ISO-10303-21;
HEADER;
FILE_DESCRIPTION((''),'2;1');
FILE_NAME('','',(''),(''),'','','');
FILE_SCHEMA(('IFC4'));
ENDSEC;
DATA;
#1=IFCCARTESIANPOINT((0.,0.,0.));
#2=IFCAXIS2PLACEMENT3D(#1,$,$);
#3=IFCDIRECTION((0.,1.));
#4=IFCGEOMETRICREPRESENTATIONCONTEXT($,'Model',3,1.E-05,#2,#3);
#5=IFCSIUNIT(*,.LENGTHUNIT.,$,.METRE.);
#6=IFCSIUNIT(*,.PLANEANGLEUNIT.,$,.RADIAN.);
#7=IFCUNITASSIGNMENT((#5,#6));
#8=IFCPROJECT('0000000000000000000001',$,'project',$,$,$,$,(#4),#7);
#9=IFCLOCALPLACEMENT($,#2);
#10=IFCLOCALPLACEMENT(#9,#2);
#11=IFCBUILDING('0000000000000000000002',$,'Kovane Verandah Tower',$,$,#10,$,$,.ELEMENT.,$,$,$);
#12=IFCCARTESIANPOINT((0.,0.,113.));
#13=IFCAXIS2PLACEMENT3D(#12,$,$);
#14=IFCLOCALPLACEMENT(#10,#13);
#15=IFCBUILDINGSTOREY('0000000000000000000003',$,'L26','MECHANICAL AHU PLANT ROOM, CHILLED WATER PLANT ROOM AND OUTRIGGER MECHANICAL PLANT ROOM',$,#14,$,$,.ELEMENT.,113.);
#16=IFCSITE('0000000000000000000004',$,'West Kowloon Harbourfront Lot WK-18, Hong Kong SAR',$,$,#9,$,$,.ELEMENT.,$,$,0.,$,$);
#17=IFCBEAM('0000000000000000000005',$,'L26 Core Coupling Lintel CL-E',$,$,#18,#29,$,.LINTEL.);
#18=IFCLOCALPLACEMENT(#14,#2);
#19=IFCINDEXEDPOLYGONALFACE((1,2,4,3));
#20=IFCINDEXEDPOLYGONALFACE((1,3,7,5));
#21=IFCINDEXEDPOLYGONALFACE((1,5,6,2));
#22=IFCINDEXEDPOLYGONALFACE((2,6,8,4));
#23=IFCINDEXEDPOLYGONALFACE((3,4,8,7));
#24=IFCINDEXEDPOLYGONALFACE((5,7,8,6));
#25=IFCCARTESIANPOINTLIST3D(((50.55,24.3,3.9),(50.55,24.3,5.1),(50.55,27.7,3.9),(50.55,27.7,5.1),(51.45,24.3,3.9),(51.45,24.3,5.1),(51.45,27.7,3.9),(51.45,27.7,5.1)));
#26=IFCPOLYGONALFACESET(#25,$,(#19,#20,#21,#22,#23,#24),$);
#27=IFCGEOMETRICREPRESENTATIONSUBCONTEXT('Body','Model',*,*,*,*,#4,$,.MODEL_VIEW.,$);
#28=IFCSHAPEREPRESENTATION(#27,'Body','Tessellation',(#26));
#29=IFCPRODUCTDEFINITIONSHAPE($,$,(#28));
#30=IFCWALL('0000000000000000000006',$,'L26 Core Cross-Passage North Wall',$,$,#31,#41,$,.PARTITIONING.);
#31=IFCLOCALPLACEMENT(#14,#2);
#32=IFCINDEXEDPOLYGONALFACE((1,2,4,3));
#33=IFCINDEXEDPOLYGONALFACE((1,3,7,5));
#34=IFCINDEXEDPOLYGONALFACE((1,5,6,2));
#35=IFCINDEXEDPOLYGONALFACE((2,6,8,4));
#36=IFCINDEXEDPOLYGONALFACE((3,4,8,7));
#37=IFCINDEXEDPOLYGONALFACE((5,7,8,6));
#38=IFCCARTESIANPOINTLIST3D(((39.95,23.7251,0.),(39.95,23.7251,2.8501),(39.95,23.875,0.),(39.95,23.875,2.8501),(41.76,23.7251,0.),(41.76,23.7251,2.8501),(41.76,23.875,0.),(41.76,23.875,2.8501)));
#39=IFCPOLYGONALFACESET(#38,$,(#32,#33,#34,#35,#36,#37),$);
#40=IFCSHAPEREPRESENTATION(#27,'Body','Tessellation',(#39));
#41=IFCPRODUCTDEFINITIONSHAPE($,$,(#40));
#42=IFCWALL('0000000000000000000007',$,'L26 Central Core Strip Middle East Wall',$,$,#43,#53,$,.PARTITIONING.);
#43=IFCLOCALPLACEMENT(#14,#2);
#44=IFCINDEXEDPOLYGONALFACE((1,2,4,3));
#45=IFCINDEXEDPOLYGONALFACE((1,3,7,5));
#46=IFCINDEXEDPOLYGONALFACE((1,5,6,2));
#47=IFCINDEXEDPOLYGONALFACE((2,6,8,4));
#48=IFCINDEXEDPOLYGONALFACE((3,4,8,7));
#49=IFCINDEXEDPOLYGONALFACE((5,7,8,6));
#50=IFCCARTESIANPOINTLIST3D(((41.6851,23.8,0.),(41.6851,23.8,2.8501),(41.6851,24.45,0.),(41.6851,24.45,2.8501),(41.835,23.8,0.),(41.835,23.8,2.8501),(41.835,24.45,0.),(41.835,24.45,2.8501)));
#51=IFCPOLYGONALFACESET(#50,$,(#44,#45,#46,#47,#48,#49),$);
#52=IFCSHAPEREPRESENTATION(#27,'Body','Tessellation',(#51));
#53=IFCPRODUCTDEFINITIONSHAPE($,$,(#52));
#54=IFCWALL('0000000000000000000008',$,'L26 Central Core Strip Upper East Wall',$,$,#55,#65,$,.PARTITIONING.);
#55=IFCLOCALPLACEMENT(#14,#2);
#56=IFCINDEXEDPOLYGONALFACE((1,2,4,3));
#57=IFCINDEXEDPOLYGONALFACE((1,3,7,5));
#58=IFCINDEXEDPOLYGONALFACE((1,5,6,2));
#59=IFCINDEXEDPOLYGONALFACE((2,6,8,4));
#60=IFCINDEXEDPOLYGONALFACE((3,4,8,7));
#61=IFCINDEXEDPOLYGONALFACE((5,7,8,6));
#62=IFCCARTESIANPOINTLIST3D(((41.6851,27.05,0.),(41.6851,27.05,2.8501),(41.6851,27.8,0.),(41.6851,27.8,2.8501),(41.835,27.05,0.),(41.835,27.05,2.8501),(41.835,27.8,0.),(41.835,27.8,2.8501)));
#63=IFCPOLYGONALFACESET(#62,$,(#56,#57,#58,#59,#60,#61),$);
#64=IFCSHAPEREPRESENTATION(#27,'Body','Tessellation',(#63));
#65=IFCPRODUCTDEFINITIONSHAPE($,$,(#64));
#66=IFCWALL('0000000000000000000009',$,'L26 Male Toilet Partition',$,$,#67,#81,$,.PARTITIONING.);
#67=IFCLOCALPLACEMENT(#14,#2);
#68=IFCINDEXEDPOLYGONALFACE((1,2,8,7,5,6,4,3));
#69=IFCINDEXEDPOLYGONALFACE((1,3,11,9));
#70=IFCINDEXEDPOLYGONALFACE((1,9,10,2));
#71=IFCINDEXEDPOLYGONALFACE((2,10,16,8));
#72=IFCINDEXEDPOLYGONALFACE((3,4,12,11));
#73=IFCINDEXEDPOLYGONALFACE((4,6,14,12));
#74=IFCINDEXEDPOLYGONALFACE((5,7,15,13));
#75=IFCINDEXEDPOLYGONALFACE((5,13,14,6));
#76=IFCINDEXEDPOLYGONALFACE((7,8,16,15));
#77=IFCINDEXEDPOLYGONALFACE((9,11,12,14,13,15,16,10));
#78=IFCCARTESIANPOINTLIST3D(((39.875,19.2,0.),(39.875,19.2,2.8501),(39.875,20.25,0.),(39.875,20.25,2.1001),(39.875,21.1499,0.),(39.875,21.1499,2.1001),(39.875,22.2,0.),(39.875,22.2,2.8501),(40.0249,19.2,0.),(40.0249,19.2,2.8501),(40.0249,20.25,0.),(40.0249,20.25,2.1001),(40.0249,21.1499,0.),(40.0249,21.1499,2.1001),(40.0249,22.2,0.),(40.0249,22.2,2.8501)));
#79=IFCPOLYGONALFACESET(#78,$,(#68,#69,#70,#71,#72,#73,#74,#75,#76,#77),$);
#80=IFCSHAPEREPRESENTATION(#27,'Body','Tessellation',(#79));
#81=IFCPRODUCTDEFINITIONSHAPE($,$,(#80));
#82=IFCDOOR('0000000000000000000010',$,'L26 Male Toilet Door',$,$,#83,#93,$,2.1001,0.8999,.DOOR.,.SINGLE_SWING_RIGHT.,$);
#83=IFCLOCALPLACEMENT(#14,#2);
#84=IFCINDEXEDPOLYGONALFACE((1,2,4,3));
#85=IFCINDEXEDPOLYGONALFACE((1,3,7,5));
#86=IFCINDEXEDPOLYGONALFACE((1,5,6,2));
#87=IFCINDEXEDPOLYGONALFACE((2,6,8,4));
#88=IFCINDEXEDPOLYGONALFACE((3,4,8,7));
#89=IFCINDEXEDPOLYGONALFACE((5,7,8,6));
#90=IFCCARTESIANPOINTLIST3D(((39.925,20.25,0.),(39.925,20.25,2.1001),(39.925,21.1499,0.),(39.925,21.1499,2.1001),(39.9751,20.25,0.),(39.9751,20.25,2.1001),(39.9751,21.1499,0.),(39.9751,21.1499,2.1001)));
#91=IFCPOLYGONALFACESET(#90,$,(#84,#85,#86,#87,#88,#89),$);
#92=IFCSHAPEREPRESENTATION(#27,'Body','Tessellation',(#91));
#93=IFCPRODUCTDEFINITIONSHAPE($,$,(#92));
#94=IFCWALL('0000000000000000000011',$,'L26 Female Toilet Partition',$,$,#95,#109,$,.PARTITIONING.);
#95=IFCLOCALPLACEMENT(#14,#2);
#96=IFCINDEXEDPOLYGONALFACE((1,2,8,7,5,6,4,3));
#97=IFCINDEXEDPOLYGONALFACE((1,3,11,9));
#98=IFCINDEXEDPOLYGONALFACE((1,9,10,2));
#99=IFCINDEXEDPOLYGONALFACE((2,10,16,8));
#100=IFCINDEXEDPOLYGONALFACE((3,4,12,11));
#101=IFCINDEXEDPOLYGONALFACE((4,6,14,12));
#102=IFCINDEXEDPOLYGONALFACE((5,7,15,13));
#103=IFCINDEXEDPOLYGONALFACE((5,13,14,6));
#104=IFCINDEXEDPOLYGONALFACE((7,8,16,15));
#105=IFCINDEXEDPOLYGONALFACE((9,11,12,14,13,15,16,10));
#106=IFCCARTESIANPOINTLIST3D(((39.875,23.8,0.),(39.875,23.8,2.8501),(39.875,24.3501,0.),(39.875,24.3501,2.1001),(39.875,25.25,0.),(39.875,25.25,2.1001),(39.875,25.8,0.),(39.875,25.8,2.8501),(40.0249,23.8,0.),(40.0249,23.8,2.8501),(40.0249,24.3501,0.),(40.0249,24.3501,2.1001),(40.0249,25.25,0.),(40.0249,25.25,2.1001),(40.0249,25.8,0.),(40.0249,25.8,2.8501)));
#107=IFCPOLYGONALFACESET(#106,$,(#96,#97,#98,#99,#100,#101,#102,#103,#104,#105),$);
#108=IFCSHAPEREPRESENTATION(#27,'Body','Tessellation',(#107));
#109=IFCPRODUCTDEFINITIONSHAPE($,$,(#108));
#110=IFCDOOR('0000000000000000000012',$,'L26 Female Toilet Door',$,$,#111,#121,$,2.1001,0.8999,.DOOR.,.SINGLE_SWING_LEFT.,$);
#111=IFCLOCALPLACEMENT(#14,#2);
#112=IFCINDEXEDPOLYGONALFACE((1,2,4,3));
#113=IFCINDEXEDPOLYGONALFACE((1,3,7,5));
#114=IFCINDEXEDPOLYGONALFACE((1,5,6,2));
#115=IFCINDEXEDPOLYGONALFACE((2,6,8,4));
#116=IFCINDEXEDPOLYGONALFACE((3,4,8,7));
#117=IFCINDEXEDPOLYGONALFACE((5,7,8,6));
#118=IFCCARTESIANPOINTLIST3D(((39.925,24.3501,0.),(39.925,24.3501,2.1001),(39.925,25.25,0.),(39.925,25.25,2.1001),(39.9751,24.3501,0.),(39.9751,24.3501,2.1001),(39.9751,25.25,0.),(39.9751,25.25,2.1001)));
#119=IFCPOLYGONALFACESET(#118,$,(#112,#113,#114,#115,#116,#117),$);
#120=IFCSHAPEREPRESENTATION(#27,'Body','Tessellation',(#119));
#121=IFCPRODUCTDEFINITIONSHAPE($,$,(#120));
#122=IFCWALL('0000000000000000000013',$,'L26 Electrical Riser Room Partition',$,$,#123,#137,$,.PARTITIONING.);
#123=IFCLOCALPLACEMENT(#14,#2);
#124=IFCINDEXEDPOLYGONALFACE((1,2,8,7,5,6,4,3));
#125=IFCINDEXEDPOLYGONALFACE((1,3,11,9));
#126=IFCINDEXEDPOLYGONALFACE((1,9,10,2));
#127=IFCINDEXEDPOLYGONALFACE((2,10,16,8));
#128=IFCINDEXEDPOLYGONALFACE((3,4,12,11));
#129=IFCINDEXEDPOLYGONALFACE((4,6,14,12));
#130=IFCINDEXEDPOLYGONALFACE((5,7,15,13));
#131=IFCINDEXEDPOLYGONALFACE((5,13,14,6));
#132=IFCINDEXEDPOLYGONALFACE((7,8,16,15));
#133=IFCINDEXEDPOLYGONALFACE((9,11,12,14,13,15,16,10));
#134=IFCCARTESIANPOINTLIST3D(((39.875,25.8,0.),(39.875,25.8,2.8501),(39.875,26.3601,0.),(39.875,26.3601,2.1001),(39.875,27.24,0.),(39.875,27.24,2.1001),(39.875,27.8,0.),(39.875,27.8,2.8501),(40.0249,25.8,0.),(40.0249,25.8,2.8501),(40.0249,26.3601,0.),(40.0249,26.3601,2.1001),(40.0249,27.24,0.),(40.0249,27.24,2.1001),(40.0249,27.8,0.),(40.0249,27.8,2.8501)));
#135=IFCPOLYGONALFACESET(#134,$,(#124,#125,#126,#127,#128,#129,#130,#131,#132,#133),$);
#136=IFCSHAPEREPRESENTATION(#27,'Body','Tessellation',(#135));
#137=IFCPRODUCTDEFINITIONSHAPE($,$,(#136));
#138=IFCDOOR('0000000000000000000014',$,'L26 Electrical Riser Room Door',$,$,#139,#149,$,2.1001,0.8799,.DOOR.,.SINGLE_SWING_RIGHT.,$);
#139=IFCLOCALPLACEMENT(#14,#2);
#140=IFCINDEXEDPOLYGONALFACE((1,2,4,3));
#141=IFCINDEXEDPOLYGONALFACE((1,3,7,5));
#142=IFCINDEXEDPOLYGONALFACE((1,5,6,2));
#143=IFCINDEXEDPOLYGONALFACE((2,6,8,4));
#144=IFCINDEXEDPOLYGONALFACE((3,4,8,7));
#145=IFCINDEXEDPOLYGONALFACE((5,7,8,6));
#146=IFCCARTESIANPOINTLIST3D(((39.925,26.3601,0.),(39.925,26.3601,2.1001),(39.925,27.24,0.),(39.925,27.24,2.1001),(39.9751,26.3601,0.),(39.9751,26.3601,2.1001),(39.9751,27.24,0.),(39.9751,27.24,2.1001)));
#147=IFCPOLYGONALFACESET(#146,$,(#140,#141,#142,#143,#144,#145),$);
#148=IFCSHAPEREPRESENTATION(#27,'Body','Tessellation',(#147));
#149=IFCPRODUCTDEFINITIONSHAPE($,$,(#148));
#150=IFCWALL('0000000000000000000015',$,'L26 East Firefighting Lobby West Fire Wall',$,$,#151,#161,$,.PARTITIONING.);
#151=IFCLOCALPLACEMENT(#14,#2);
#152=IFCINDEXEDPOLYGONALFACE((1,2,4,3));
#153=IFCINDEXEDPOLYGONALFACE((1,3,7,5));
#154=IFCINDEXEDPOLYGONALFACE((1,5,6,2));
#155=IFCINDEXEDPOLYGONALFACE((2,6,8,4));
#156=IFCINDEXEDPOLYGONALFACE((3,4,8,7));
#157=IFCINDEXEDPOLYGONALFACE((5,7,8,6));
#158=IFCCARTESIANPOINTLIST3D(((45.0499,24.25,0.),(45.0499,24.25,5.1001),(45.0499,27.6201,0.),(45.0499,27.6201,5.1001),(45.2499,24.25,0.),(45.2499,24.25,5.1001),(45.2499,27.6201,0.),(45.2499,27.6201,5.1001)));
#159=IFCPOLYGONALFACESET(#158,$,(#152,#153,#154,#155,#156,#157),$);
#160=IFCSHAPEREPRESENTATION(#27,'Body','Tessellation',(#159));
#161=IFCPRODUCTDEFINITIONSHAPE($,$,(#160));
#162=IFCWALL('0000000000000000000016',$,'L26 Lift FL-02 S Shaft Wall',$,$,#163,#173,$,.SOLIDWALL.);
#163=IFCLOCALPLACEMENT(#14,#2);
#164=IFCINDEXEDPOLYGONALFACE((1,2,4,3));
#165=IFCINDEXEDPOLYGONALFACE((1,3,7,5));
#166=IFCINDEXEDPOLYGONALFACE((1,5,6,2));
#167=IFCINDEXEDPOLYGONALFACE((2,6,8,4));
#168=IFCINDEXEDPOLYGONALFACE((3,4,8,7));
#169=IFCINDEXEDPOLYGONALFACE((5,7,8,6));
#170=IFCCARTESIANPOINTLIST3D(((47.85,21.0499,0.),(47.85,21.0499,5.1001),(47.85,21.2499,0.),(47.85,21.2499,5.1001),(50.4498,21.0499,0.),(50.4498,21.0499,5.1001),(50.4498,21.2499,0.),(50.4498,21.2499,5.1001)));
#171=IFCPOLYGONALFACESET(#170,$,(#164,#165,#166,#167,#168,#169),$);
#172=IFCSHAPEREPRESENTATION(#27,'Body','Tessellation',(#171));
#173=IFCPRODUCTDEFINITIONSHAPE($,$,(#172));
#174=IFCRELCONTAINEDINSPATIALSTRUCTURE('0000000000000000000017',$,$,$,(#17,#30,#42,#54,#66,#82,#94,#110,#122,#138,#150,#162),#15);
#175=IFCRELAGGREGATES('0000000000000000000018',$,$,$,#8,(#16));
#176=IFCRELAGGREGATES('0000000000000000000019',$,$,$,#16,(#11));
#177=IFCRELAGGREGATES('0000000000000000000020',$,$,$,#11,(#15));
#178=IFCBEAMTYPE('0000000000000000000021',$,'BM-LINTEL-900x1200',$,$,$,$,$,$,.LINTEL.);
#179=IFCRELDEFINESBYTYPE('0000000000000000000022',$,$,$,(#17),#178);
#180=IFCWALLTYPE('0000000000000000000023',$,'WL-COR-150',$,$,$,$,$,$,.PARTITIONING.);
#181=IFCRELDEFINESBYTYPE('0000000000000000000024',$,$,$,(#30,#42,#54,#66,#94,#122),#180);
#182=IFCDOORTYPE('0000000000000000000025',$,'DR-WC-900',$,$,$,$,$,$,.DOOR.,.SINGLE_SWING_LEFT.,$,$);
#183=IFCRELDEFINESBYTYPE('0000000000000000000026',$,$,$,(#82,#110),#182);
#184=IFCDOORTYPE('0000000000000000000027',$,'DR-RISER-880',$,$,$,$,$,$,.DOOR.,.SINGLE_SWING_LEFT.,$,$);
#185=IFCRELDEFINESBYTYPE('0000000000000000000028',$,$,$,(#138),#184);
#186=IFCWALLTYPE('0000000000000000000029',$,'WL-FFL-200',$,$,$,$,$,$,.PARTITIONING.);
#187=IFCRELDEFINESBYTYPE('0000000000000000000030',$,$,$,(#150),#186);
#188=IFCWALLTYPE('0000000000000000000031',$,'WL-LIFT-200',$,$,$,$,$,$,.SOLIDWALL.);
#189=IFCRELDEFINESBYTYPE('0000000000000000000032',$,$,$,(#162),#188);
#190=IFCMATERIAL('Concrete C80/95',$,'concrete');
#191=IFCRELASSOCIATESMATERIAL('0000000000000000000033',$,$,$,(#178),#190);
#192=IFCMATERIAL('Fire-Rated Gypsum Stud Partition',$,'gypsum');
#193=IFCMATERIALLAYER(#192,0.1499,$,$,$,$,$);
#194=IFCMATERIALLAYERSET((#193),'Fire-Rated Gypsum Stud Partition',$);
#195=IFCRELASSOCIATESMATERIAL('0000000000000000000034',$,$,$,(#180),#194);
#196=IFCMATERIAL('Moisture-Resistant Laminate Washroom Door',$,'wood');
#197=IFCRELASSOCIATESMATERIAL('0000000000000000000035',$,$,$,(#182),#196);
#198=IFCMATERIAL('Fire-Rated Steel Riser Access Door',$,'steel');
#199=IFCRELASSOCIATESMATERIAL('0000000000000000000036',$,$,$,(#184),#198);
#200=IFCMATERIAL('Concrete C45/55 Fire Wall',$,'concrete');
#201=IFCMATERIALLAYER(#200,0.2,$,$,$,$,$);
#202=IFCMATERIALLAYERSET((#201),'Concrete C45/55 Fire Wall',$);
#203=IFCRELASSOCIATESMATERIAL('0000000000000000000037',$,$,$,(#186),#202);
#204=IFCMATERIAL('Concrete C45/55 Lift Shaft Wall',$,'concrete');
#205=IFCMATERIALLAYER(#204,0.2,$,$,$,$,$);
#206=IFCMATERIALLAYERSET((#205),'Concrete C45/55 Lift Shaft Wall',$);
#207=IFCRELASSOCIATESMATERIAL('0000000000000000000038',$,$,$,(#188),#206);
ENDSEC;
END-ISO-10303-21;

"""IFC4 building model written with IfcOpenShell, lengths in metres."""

from ifc_helpers import new_model, si_unit, direction, frame, frame_2d, origin, origin_2d, place, context, subcontext, project, spatial, rectangle, extrude, material, layer, layer_set, material_profile, profile_set, type_object, element, fill, save


model = new_model("IFC4")

# Units and contexts
model_context = context("Model", 3, precision=1e-05, world=origin(), true_north=direction((0.0, 1.0)))
body_context = subcontext(model_context, "Body", "Model", "MODEL_VIEW")
ifc_project = project(units=[si_unit("LENGTHUNIT", "METRE"), si_unit("PLANEANGLEUNIT", "RADIAN")], contexts=[model_context])

# Site, building, storey
site_placement = place(None, origin())
site = spatial("IfcSite", under=ifc_project, at=site_placement, Name="West Kowloon Harbourfront Lot WK-18, Hong Kong SAR", CompositionType="ELEMENT", RefElevation=0.0)
building_placement = place(site_placement, origin())
building = spatial("IfcBuilding", under=site, at=building_placement, Name="Kovane Verandah Tower", CompositionType="ELEMENT")
storey_placement = place(building_placement, frame((0.0, 0.0, 113.0)))
storey = spatial("IfcBuildingStorey", under=building, at=storey_placement, Name="L26", Description="MECHANICAL AHU PLANT ROOM, CHILLED WATER PLANT ROOM AND OUTRIGGER MECHANICAL PLANT ROOM", CompositionType="ELEMENT", Elevation=113.0)

# Beam
ifc_material_1 = material(Name="Concrete C80/95", Category="concrete")
ifc_material_profile = material_profile(ifc_material_1, rectangle(XDim=0.8999, YDim=1.2, at=origin_2d()), Name="RCB900x1200")
ifc_profile_set = profile_set([ifc_material_profile], Name="Concrete C80/95")
beam_type = type_object("IfcBeamType", Name="BM-LINTEL-900x1200", PredefinedType="LINTEL", material=ifc_profile_set)
beam_placement = place(storey_placement, frame((51.0, 24.3, 4.5), z_axis=(0.0, 1.0, 0.0), x_axis=(-1.0, 0.0, 0.0)))
element("IfcBeam", 1, at=beam_placement, inside=storey, type_object=beam_type, Name="L26 Core Coupling Lintel CL-E", PredefinedType="LINTEL", context=body_context, shape_type="SweptSolid", body=[
    extrude(rectangle(XDim=0.8999, YDim=1.2, at=origin_2d()), origin(), (0.0, 0.0, 1.0), 3.3999),
])

# Walls
ifc_material_2 = material(Name="Fire-Rated Gypsum Stud Partition", Category="gypsum")
ifc_layer_1 = layer(ifc_material_2, 0.1499)
ifc_layer_set_1 = layer_set([ifc_layer_1], Name="Fire-Rated Gypsum Stud Partition")
wall_type_1 = type_object("IfcWallType", Name="WL-COR-150", PredefinedType="PARTITIONING", material=ifc_layer_set_1)
wall_1_placement = place(storey_placement, frame((39.95, 23.8, 0.0), z_axis=(0.0, 0.0, 1.0), x_axis=(1.0, 0.0, 0.0)))
element("IfcWall", 2, at=wall_1_placement, inside=storey, type_object=wall_type_1, Name="L26 Core Cross-Passage North Wall", PredefinedType="PARTITIONING", context=body_context, shape_type="SweptSolid", body=[
    extrude(rectangle(XDim=1.8101, YDim=0.1499, at=frame_2d((0.905, 0.0))), origin(), (0.0, 0.0, 1.0), 2.8501),
])
wall_2_placement = place(storey_placement, frame((41.76, 23.8, 0.0), z_axis=(0.0, 0.0, 1.0), x_axis=(0.0, 1.0, 0.0)))
element("IfcWall", 3, at=wall_2_placement, inside=storey, type_object=wall_type_1, Name="L26 Central Core Strip Middle East Wall", PredefinedType="PARTITIONING", context=body_context, shape_type="SweptSolid", body=[
    extrude(rectangle(XDim=0.6499, YDim=0.1499, at=frame_2d((0.325, 0.0))), origin(), (0.0, 0.0, 1.0), 2.8501),
])
wall_3_placement = place(storey_placement, frame((41.76, 27.05, 0.0), z_axis=(0.0, 0.0, 1.0), x_axis=(0.0, 1.0, 0.0)))
element("IfcWall", 4, at=wall_3_placement, inside=storey, type_object=wall_type_1, Name="L26 Central Core Strip Upper East Wall", PredefinedType="PARTITIONING", context=body_context, shape_type="SweptSolid", body=[
    extrude(rectangle(XDim=0.75, YDim=0.1499, at=frame_2d((0.375, 0.0))), origin(), (0.0, 0.0, 1.0), 2.8501),
])

# Walls, openings, doors
wall_4_placement = place(storey_placement, frame((39.95, 19.2, 0.0), z_axis=(0.0, 0.0, 1.0), x_axis=(0.0, 1.0, 0.0)))
wall_4 = element("IfcWall", 5, at=wall_4_placement, inside=storey, type_object=wall_type_1, Name="L26 Male Toilet Partition", PredefinedType="PARTITIONING", context=body_context, shape_type="SweptSolid", body=[
    extrude(rectangle(XDim=3.0, YDim=0.1499, at=frame_2d((1.5, 0.0))), origin(), (0.0, 0.0, 1.0), 2.8501),
])
opening_1_placement = place(wall_4_placement, frame((1.05, 0.0, 0.0)))
opening_1 = element("IfcOpeningElement", 6, at=opening_1_placement, cuts=wall_4, PredefinedType="OPENING", context=body_context, shape_type="SweptSolid", body=[
    extrude(rectangle(XDim=0.8999, YDim=2.1001, at=frame_2d((0.45, 1.05))), frame((0.0, 0.075, 0.0), z_axis=(0.0, -1.0, 0.0), x_axis=(1.0, 0.0, 0.0)), (0.0, 0.0, 1.0), 0.1499),
])
ifc_material_3 = material(Name="Moisture-Resistant Laminate Washroom Door", Category="wood")
door_type_1 = type_object("IfcDoorType", Name="DR-WC-900", OperationType="SINGLE_SWING_LEFT", PredefinedType="DOOR", material=ifc_material_3)
door_1_placement = place(opening_1_placement, origin())
door_1 = element("IfcDoor", 7, at=door_1_placement, inside=storey, type_object=door_type_1, Name="L26 Male Toilet Door", OperationType="SINGLE_SWING_RIGHT", OverallHeight=2.1001, OverallWidth=0.8999, PredefinedType="DOOR", context=body_context, shape_type="SweptSolid", body=[
    extrude(rectangle(XDim=0.8999, YDim=2.1001, at=frame_2d((0.45, 1.05))), frame((0.0, 0.0249, 0.0), z_axis=(0.0, -1.0, 0.0), x_axis=(1.0, 0.0, 0.0)), (0.0, 0.0, 1.0), 0.05),
])
fill(opening_1, door_1)
wall_5_placement = place(storey_placement, frame((39.95, 23.8, 0.0), z_axis=(0.0, 0.0, 1.0), x_axis=(0.0, 1.0, 0.0)))
wall_5 = element("IfcWall", 8, at=wall_5_placement, inside=storey, type_object=wall_type_1, Name="L26 Female Toilet Partition", PredefinedType="PARTITIONING", context=body_context, shape_type="SweptSolid", body=[
    extrude(rectangle(XDim=2.0, YDim=0.1499, at=frame_2d((1.0, 0.0))), origin(), (0.0, 0.0, 1.0), 2.8501),
])
opening_2_placement = place(wall_5_placement, frame((0.55, 0.0, 0.0)))
opening_2 = element("IfcOpeningElement", 9, at=opening_2_placement, cuts=wall_5, PredefinedType="OPENING", context=body_context, shape_type="SweptSolid", body=[
    extrude(rectangle(XDim=0.8999, YDim=2.1001, at=frame_2d((0.45, 1.05))), frame((0.0, 0.075, 0.0), z_axis=(0.0, -1.0, 0.0), x_axis=(1.0, 0.0, 0.0)), (0.0, 0.0, 1.0), 0.1499),
])
door_2_placement = place(opening_2_placement, origin())
door_2 = element("IfcDoor", 10, at=door_2_placement, inside=storey, type_object=door_type_1, Name="L26 Female Toilet Door", OperationType="SINGLE_SWING_LEFT", OverallHeight=2.1001, OverallWidth=0.8999, PredefinedType="DOOR", context=body_context, shape_type="SweptSolid", body=[
    extrude(rectangle(XDim=0.8999, YDim=2.1001, at=frame_2d((0.45, 1.05))), frame((0.0, 0.0249, 0.0), z_axis=(0.0, -1.0, 0.0), x_axis=(1.0, 0.0, 0.0)), (0.0, 0.0, 1.0), 0.05),
])
fill(opening_2, door_2)
wall_6_placement = place(storey_placement, frame((39.95, 25.8, 0.0), z_axis=(0.0, 0.0, 1.0), x_axis=(0.0, 1.0, 0.0)))
wall_6 = element("IfcWall", 11, at=wall_6_placement, inside=storey, type_object=wall_type_1, Name="L26 Electrical Riser Room Partition", PredefinedType="PARTITIONING", context=body_context, shape_type="SweptSolid", body=[
    extrude(rectangle(XDim=2.0, YDim=0.1499, at=frame_2d((1.0, 0.0))), origin(), (0.0, 0.0, 1.0), 2.8501),
])
opening_3_placement = place(wall_6_placement, frame((0.5601, 0.0, 0.0)))
opening_3 = element("IfcOpeningElement", 12, at=opening_3_placement, cuts=wall_6, PredefinedType="OPENING", context=body_context, shape_type="SweptSolid", body=[
    extrude(rectangle(XDim=0.8799, YDim=2.1001, at=frame_2d((0.4399, 1.05))), frame((0.0, 0.075, 0.0), z_axis=(0.0, -1.0, 0.0), x_axis=(1.0, 0.0, 0.0)), (0.0, 0.0, 1.0), 0.1499),
])
ifc_material_4 = material(Name="Fire-Rated Steel Riser Access Door", Category="steel")
door_type_2 = type_object("IfcDoorType", Name="DR-RISER-880", OperationType="SINGLE_SWING_LEFT", PredefinedType="DOOR", material=ifc_material_4)
door_3_placement = place(opening_3_placement, origin())
door_3 = element("IfcDoor", 13, at=door_3_placement, inside=storey, type_object=door_type_2, Name="L26 Electrical Riser Room Door", OperationType="SINGLE_SWING_RIGHT", OverallHeight=2.1001, OverallWidth=0.8799, PredefinedType="DOOR", context=body_context, shape_type="SweptSolid", body=[
    extrude(rectangle(XDim=0.8799, YDim=2.1001, at=frame_2d((0.4399, 1.05))), frame((0.0, 0.0249, 0.0), z_axis=(0.0, -1.0, 0.0), x_axis=(1.0, 0.0, 0.0)), (0.0, 0.0, 1.0), 0.05),
])
fill(opening_3, door_3)

# Wall
ifc_material_5 = material(Name="Concrete C45/55 Fire Wall", Category="concrete")
ifc_layer_2 = layer(ifc_material_5, 0.2)
ifc_layer_set_2 = layer_set([ifc_layer_2], Name="Concrete C45/55 Fire Wall")
wall_type_2 = type_object("IfcWallType", Name="WL-FFL-200", PredefinedType="PARTITIONING", material=ifc_layer_set_2)
wall_7_placement = place(storey_placement, frame((45.1499, 24.25, 0.0), z_axis=(0.0, 0.0, 1.0), x_axis=(0.0, 1.0, 0.0)))
element("IfcWall", 14, at=wall_7_placement, inside=storey, type_object=wall_type_2, Name="L26 East Firefighting Lobby West Fire Wall", PredefinedType="PARTITIONING", context=body_context, shape_type="SweptSolid", body=[
    extrude(rectangle(XDim=3.3701, YDim=0.2, at=frame_2d((1.6851, 0.0))), origin(), (0.0, 0.0, 1.0), 5.1001),
])

# Wall
ifc_material_6 = material(Name="Concrete C45/55 Lift Shaft Wall", Category="concrete")
ifc_layer_3 = layer(ifc_material_6, 0.2)
ifc_layer_set_3 = layer_set([ifc_layer_3], Name="Concrete C45/55 Lift Shaft Wall")
wall_type_3 = type_object("IfcWallType", Name="WL-LIFT-200", PredefinedType="SOLIDWALL", material=ifc_layer_set_3)
wall_8_placement = place(storey_placement, frame((47.8501, 21.1499, 0.0), z_axis=(0.0, 0.0, 1.0), x_axis=(1.0, 0.0, 0.0)))
element("IfcWall", 15, at=wall_8_placement, inside=storey, type_object=wall_type_3, Name="L26 Lift FL-02 S Shaft Wall", PredefinedType="SOLIDWALL", context=body_context, shape_type="SweptSolid", body=[
    extrude(rectangle(XDim=2.5999, YDim=0.2, at=frame_2d((1.2998, 0.0))), origin(), (0.0, 0.0, 1.0), 5.1001),
])

save(model, "model.ifc")
